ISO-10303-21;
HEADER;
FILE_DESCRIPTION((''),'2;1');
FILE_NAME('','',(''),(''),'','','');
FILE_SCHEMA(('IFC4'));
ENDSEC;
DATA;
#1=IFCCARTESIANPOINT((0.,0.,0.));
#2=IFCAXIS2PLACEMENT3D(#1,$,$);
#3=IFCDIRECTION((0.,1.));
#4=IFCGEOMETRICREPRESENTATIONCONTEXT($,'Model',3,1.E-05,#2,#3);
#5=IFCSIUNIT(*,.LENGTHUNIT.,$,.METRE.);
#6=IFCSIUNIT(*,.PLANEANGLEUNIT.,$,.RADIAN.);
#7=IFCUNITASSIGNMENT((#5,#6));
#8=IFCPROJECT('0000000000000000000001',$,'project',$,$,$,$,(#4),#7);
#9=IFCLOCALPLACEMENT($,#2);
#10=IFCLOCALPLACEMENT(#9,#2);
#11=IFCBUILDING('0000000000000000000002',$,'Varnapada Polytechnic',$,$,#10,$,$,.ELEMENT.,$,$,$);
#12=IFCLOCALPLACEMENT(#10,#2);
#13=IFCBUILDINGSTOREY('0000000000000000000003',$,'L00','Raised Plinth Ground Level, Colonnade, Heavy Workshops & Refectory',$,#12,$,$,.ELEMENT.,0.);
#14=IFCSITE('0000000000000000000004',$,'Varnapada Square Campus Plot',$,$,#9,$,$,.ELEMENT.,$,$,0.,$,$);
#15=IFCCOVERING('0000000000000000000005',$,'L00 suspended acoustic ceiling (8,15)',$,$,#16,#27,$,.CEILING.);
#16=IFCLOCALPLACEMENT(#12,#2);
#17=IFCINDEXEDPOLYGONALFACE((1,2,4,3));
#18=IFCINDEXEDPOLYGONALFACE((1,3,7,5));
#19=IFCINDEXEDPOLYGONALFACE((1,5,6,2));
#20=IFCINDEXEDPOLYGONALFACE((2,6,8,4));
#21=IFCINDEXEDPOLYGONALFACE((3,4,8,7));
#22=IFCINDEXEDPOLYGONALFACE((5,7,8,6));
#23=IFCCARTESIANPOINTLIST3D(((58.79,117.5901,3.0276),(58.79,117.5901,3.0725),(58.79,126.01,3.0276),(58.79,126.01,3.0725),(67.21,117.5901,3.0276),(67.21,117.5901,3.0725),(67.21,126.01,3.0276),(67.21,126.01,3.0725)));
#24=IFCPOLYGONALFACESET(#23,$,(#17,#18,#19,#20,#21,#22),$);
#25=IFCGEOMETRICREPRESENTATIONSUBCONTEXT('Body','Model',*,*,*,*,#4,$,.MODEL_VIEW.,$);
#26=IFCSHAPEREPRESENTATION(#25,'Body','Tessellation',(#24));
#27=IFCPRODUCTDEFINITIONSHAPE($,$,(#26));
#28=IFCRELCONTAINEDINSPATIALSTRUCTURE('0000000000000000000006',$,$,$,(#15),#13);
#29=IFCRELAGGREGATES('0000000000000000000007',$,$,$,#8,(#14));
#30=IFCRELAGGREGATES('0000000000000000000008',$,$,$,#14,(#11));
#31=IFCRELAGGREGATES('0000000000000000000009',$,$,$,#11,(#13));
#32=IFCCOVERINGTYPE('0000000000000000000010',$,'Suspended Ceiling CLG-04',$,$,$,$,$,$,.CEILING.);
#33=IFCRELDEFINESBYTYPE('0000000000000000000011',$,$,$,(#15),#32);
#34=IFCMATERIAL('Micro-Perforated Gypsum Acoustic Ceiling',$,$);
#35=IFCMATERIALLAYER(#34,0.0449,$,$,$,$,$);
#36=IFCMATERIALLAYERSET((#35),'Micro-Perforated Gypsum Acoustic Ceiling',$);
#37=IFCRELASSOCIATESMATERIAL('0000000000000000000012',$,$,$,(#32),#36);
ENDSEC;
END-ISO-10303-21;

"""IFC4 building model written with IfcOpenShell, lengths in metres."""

from ifc_helpers import new_model, si_unit, direction, frame, origin, origin_2d, place, context, subcontext, project, spatial, rectangle, extrude, material, layer, layer_set, type_object, element, save


model = new_model("IFC4")

# Units and contexts
model_context = context("Model", 3, precision=1e-05, world=origin(), true_north=direction((0.0, 1.0)))
body_context = subcontext(model_context, "Body", "Model", "MODEL_VIEW")
ifc_project = project(units=[si_unit("LENGTHUNIT", "METRE"), si_unit("PLANEANGLEUNIT", "RADIAN")], contexts=[model_context])

# Site, building, storey
site_placement = place(None, origin())
site = spatial("IfcSite", under=ifc_project, at=site_placement, Name="Varnapada Square Campus Plot", CompositionType="ELEMENT", RefElevation=0.0)
building_placement = place(site_placement, origin())
building = spatial("IfcBuilding", under=site, at=building_placement, Name="Varnapada Polytechnic", CompositionType="ELEMENT")
storey_placement = place(building_placement, origin())
storey = spatial("IfcBuildingStorey", under=building, at=storey_placement, Name="L00", Description="Raised Plinth Ground Level, Colonnade, Heavy Workshops & Refectory", CompositionType="ELEMENT", Elevation=0.0)

# Covering
ifc_material_1 = material(Name="Micro-Perforated Gypsum Acoustic Ceiling")
ifc_layer_1 = layer(ifc_material_1, 0.0449)
ifc_layer_set_1 = layer_set([ifc_layer_1], Name="Micro-Perforated Gypsum Acoustic Ceiling")
covering_type = type_object("IfcCoveringType", Name="Suspended Ceiling CLG-04", PredefinedType="CEILING", material=ifc_layer_set_1)
covering_placement = place(storey_placement, frame((63.0, 121.8, 3.0276), z_axis=(0.0, 0.0, 1.0), x_axis=(1.0, 0.0, 0.0)))
element("IfcCovering", 1, at=covering_placement, inside=storey, type_object=covering_type, Name="L00 suspended acoustic ceiling (8,15)", PredefinedType="CEILING", context=body_context, shape_type="SweptSolid", body=[
    extrude(rectangle(XDim=8.4199, YDim=8.4199, at=origin_2d()), origin(), (0.0, 0.0, 1.0), 0.0449),
])

save(model, "model.ifc")
